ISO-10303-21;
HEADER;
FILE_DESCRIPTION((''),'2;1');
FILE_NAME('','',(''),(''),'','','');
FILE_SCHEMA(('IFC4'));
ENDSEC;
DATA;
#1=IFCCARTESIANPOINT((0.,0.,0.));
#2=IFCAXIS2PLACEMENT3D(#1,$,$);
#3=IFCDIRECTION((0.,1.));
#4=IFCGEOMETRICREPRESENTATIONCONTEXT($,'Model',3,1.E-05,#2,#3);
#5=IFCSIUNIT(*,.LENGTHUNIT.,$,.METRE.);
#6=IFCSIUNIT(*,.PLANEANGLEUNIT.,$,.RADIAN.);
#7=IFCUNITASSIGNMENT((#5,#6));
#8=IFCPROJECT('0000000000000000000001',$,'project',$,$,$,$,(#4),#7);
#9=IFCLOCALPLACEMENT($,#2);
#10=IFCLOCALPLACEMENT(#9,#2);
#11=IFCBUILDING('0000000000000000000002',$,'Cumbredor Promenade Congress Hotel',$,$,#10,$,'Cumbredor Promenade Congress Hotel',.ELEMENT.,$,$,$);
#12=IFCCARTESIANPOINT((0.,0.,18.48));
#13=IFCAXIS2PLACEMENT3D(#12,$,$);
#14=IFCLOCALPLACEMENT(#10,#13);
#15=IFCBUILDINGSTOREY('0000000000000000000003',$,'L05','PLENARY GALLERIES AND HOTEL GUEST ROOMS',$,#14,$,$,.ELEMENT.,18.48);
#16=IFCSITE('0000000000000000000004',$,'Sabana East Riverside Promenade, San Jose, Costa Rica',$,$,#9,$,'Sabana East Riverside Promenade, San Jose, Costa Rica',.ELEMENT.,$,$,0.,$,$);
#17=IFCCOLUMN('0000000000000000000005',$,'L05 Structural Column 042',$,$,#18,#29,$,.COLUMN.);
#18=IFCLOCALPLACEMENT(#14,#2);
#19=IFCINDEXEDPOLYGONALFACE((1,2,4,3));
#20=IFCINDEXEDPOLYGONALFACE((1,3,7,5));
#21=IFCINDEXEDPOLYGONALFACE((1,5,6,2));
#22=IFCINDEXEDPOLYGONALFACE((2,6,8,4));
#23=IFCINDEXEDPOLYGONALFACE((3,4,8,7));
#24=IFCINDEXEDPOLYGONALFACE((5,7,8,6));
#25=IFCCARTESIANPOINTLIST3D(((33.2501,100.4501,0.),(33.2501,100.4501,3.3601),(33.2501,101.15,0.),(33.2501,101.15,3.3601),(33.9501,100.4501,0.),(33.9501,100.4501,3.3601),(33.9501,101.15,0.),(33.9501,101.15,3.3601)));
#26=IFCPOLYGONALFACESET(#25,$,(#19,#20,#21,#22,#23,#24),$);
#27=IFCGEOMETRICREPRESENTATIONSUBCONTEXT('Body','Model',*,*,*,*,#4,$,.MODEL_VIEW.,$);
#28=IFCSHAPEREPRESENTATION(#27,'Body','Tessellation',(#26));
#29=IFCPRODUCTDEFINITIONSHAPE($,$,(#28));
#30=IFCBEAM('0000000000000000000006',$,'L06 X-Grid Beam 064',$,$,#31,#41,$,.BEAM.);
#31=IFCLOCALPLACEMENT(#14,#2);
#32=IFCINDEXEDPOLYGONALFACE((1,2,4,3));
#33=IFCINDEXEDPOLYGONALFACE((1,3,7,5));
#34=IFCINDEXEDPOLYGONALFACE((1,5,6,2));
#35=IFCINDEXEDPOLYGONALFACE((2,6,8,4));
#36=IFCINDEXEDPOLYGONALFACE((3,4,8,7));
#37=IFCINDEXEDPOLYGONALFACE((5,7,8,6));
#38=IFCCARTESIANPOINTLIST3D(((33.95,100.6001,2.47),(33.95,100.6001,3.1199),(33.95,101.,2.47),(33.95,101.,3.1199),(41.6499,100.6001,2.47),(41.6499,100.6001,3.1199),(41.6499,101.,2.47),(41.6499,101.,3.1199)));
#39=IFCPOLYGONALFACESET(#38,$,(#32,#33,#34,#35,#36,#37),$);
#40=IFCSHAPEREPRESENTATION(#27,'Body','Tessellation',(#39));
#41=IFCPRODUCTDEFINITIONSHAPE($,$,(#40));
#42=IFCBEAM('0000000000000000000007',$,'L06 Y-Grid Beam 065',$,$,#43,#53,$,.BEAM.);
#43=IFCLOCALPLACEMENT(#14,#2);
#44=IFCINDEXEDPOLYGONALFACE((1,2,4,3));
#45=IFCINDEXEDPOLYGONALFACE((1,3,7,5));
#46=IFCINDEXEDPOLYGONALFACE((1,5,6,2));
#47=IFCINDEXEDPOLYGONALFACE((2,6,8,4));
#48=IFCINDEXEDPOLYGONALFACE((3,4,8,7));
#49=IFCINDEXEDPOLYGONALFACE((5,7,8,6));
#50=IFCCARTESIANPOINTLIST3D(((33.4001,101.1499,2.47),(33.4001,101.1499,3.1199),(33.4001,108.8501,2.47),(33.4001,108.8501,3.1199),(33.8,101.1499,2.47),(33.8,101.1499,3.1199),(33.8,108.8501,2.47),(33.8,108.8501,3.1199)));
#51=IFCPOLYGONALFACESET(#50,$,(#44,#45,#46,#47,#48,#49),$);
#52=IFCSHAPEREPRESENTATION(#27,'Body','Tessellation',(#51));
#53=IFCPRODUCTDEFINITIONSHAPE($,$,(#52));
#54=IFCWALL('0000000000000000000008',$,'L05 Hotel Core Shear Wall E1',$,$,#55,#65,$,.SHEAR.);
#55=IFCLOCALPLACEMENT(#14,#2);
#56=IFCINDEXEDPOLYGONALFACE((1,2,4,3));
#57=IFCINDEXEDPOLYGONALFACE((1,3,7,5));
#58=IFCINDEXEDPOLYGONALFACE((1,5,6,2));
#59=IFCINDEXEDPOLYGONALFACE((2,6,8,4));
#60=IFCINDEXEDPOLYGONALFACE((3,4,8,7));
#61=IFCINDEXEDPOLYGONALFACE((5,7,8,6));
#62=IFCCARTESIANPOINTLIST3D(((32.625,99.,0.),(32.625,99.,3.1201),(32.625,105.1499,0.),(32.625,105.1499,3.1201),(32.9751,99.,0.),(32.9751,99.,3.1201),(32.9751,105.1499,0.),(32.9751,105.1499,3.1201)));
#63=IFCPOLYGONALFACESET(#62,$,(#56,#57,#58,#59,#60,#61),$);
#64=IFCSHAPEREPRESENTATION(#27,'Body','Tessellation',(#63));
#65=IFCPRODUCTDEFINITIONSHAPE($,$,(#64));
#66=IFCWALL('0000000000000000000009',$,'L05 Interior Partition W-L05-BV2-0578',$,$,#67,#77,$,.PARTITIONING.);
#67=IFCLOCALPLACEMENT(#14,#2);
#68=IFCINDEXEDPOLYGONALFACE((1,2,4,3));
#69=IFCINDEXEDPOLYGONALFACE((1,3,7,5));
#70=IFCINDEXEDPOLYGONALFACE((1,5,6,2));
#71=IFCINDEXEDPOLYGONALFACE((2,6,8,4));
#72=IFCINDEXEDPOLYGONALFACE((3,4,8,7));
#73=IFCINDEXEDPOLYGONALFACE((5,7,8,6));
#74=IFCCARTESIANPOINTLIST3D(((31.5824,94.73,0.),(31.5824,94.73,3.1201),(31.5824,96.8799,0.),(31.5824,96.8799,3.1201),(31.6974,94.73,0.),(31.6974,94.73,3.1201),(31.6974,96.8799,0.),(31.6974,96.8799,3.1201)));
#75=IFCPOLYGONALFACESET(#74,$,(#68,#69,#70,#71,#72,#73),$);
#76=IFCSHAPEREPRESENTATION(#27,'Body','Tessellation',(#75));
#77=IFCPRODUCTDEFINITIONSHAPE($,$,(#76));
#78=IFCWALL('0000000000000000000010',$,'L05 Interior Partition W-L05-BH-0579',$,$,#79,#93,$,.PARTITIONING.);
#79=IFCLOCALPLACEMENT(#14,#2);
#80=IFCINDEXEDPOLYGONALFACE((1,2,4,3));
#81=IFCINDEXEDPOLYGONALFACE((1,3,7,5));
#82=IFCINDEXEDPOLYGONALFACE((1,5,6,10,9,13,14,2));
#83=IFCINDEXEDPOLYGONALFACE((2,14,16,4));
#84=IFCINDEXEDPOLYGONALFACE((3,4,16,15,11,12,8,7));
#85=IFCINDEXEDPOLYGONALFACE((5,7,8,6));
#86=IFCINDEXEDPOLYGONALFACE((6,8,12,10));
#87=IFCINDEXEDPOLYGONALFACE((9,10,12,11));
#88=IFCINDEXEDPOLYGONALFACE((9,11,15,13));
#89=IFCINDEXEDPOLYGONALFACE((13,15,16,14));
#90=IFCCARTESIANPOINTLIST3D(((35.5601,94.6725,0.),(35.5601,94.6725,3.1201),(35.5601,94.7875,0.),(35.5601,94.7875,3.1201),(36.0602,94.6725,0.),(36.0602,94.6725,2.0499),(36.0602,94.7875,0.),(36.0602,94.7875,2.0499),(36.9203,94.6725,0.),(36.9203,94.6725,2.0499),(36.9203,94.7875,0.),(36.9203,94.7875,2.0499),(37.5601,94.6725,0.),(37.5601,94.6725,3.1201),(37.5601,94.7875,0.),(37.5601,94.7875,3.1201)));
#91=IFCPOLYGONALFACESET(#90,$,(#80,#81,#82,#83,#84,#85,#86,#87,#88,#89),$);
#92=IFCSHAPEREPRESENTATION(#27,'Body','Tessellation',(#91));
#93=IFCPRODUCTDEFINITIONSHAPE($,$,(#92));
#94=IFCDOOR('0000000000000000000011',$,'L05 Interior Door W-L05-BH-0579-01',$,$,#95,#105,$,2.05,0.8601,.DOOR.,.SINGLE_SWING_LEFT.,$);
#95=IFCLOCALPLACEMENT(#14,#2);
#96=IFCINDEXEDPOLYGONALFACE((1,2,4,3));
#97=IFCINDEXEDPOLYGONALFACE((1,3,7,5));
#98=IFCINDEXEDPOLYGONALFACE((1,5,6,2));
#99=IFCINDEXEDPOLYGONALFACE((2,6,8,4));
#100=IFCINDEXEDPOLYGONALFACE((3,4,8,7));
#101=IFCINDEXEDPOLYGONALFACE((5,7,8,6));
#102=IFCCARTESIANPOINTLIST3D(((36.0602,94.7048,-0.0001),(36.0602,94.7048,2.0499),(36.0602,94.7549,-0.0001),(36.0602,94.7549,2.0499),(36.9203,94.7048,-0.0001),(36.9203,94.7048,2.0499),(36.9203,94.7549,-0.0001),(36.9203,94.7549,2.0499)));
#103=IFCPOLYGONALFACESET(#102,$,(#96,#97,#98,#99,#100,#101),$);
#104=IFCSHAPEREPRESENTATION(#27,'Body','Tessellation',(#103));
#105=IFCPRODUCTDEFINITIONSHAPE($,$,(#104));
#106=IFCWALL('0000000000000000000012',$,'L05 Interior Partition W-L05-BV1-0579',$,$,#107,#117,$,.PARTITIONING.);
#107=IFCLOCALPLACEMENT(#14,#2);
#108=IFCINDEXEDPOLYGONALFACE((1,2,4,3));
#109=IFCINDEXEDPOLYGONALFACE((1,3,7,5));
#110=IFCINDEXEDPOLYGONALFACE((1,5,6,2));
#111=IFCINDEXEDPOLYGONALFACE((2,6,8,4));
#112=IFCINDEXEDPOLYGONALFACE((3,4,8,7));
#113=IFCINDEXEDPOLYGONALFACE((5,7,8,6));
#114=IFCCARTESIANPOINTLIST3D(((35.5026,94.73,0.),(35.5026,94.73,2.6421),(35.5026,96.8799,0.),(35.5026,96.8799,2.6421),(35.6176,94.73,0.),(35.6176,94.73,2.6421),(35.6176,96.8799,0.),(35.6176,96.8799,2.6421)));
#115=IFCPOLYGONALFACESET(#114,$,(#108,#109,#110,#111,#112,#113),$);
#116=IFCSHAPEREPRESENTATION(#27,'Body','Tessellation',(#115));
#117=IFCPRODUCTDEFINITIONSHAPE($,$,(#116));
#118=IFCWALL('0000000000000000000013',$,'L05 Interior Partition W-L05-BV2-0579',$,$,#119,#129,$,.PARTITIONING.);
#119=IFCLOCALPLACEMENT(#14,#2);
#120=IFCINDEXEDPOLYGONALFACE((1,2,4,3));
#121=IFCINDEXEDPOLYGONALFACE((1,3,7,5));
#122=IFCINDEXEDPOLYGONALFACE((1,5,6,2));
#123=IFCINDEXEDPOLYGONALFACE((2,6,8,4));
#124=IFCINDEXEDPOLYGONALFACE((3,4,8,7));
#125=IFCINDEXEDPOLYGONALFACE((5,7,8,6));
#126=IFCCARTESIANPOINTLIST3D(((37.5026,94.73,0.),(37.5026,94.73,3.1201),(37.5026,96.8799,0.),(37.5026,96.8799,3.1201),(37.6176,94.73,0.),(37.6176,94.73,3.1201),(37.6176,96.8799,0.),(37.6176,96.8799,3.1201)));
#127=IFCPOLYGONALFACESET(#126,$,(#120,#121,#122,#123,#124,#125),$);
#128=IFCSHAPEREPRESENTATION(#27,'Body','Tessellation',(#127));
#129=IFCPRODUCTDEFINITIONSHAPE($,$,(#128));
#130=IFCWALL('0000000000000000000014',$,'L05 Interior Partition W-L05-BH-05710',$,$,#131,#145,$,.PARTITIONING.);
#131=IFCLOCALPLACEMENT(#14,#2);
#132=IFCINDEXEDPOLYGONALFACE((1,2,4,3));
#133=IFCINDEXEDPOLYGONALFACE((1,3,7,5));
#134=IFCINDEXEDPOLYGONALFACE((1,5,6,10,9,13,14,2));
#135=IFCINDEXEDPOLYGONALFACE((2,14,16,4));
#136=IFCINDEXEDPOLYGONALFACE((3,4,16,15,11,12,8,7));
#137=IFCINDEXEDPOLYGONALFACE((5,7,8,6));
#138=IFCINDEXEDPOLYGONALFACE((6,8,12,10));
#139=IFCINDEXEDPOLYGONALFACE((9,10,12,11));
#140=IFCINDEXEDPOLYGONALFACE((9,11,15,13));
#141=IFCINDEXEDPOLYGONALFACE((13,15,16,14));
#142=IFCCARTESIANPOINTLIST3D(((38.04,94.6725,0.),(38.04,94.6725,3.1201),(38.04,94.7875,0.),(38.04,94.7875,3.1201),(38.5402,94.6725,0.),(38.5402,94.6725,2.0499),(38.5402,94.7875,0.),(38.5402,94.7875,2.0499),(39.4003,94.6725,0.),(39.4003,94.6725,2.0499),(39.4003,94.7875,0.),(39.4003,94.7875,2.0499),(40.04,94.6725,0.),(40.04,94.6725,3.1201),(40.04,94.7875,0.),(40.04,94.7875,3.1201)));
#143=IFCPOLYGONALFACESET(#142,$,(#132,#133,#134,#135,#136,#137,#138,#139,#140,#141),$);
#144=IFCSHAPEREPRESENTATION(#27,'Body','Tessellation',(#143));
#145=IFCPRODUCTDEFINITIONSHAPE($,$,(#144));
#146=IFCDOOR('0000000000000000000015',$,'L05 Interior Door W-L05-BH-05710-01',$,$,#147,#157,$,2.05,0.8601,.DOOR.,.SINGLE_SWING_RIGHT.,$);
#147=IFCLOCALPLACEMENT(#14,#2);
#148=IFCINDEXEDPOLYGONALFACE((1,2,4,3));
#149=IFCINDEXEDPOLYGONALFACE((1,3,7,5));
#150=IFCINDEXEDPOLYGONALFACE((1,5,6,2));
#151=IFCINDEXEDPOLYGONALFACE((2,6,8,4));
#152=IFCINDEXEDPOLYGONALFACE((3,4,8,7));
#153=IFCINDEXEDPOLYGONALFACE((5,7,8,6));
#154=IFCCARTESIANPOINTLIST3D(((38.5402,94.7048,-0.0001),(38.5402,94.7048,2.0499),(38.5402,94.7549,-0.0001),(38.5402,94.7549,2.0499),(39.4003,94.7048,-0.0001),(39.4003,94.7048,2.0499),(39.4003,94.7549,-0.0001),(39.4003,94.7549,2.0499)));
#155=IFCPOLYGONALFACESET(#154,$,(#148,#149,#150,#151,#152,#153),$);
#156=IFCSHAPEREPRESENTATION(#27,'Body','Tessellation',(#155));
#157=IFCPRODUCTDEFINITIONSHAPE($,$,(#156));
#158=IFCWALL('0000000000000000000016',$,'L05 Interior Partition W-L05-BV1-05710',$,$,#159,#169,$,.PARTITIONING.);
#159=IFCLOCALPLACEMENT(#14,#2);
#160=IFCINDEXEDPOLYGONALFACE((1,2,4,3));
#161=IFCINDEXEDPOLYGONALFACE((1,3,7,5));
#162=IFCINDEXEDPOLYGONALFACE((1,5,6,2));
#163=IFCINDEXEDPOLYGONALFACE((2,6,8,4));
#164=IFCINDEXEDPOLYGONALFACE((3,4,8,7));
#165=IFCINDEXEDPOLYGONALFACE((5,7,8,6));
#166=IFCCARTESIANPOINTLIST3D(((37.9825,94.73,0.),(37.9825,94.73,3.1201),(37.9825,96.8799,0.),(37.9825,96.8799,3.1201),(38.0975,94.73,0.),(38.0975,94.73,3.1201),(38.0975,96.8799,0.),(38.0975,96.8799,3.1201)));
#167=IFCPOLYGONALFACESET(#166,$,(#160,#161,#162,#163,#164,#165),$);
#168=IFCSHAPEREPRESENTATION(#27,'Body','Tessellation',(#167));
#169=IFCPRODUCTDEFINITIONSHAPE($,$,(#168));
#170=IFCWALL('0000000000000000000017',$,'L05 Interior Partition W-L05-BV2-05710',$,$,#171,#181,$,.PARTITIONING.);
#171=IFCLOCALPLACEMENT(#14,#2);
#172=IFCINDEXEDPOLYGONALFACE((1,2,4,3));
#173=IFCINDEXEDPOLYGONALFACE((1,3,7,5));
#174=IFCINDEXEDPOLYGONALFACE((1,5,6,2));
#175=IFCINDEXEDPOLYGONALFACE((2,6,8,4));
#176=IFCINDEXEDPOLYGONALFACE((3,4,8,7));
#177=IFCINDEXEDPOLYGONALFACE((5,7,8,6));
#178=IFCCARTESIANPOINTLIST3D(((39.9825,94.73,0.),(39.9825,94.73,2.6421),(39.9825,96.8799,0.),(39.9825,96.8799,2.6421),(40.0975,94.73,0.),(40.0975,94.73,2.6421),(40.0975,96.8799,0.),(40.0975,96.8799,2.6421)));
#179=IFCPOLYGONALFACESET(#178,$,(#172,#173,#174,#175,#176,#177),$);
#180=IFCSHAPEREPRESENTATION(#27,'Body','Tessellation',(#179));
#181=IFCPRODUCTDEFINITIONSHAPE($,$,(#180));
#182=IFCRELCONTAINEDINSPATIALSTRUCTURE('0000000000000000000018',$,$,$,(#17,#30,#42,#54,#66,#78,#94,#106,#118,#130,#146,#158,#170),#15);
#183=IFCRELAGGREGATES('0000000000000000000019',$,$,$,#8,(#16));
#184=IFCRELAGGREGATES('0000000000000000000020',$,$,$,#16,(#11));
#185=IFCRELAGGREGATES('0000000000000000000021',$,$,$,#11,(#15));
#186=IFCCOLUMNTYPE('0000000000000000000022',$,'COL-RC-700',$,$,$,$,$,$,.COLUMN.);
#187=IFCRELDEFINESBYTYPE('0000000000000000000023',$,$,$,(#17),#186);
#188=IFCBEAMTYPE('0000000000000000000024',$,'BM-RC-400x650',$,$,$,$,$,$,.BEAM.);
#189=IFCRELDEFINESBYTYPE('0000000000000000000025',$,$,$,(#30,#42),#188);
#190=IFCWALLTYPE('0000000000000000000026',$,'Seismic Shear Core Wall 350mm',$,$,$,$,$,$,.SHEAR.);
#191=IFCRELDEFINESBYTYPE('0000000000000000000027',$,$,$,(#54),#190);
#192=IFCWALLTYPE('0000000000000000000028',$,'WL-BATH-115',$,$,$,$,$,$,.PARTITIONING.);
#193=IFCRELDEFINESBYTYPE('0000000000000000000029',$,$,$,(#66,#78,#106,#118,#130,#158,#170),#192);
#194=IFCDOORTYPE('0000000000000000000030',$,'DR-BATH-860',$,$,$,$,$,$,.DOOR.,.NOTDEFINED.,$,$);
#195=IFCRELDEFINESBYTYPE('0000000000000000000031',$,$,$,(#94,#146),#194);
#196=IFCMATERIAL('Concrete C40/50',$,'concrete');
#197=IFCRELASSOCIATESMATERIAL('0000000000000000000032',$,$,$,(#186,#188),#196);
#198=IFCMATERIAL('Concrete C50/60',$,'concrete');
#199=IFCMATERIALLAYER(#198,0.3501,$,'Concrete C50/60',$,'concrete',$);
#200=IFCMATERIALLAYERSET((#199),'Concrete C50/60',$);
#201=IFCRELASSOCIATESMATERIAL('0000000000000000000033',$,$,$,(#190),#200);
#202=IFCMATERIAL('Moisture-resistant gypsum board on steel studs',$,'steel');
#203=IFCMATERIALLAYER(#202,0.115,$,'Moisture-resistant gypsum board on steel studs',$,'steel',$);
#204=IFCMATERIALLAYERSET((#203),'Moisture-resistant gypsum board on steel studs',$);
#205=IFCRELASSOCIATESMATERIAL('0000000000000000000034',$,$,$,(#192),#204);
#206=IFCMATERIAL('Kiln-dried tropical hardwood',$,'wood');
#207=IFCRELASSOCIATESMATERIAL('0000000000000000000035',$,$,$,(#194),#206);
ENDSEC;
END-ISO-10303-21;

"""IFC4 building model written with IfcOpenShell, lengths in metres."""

from ifc_helpers import new_model, si_unit, direction, frame, frame_2d, origin, origin_2d, place, context, subcontext, project, spatial, rectangle, extrude, material, layer, layer_set, material_profile, profile_set, type_object, element, fill, save


model = new_model("IFC4")

# Units and contexts
model_context = context("Model", 3, precision=1e-05, world=origin(), true_north=direction((0.0, 1.0)))
body_context = subcontext(model_context, "Body", "Model", "MODEL_VIEW")
ifc_project = project(units=[si_unit("LENGTHUNIT", "METRE"), si_unit("PLANEANGLEUNIT", "RADIAN")], contexts=[model_context])

# Site, building, storey
site_placement = place(None, origin())
site = spatial("IfcSite", under=ifc_project, at=site_placement, Name="Sabana East Riverside Promenade, San Jose, Costa Rica", LongName="Sabana East Riverside Promenade, San Jose, Costa Rica", CompositionType="ELEMENT", RefElevation=0.0)
building_placement = place(site_placement, origin())
building = spatial("IfcBuilding", under=site, at=building_placement, Name="Cumbredor Promenade Congress Hotel", LongName="Cumbredor Promenade Congress Hotel", CompositionType="ELEMENT")
storey_placement = place(building_placement, frame((0.0, 0.0, 18.48)))
storey = spatial("IfcBuildingStorey", under=building, at=storey_placement, Name="L05", Description="PLENARY GALLERIES AND HOTEL GUEST ROOMS", CompositionType="ELEMENT", Elevation=18.48)

# Column
ifc_material_1 = material(Name="Concrete C40/50", Category="concrete")
ifc_material_profile_1 = material_profile(ifc_material_1, rectangle(XDim=0.7, YDim=0.7, at=origin_2d()), Name="RC 700x700")
ifc_profile_set_1 = profile_set([ifc_material_profile_1], Name="Concrete C40/50")
column_type = type_object("IfcColumnType", Name="COL-RC-700", PredefinedType="COLUMN", material=ifc_profile_set_1)
column_placement = place(storey_placement, frame((33.6001, 100.8, 0.0), z_axis=(0.0, 0.0, 1.0), x_axis=(1.0, 0.0, 0.0)))
element("IfcColumn", 1, at=column_placement, inside=storey, type_object=column_type, Name="L05 Structural Column 042", PredefinedType="COLUMN", context=body_context, shape_type="SweptSolid", body=[
    extrude(rectangle(XDim=0.7, YDim=0.7, at=origin_2d()), origin(), (0.0, 0.0, 1.0), 3.3601),
])

# Beams
ifc_material_profile_2 = material_profile(ifc_material_1, rectangle(XDim=0.3999, YDim=0.6499, at=origin_2d()), Name="RC BEAM 400x650")
ifc_profile_set_2 = profile_set([ifc_material_profile_2], Name="Concrete C40/50")
beam_type = type_object("IfcBeamType", Name="BM-RC-400x650", PredefinedType="BEAM", material=ifc_profile_set_2)
beam_1_placement = place(storey_placement, frame((33.95, 100.8, 2.7949), z_axis=(1.0, 0.0, 0.0), x_axis=(0.0, 1.0, 0.0)))
element("IfcBeam", 2, at=beam_1_placement, inside=storey, type_object=beam_type, Name="L06 X-Grid Beam 064", PredefinedType="BEAM", context=body_context, shape_type="SweptSolid", body=[
    extrude(rectangle(XDim=0.3999, YDim=0.6499, at=origin_2d()), origin(), (0.0, 0.0, 1.0), 7.7),
])
beam_2_placement = place(storey_placement, frame((33.6001, 101.1499, 2.7949), z_axis=(0.0, 1.0, 0.0), x_axis=(-1.0, 0.0, 0.0)))
element("IfcBeam", 3, at=beam_2_placement, inside=storey, type_object=beam_type, Name="L06 Y-Grid Beam 065", PredefinedType="BEAM", context=body_context, shape_type="SweptSolid", body=[
    extrude(rectangle(XDim=0.3999, YDim=0.6499, at=origin_2d()), origin(), (0.0, 0.0, 1.0), 7.7002),
])

# Walls
ifc_material_2 = material(Name="Concrete C50/60", Category="concrete")
ifc_layer_1 = layer(ifc_material_2, 0.3501, Name="Concrete C50/60", Category="concrete")
ifc_layer_set_1 = layer_set([ifc_layer_1], Name="Concrete C50/60")
wall_type_1 = type_object("IfcWallType", Name="Seismic Shear Core Wall 350mm", PredefinedType="SHEAR", material=ifc_layer_set_1)
wall_1_placement = place(storey_placement, frame((32.8, 99.0, 0.0), z_axis=(0.0, 0.0, 1.0), x_axis=(0.0, 1.0, 0.0)))
element("IfcWall", 4, at=wall_1_placement, inside=storey, type_object=wall_type_1, Name="L05 Hotel Core Shear Wall E1", PredefinedType="SHEAR", context=body_context, shape_type="SweptSolid", body=[
    extrude(rectangle(XDim=6.1499, YDim=0.3501, at=frame_2d((3.075, 0.0))), origin(), (0.0, 0.0, 1.0), 3.1201),
])
ifc_material_3 = material(Name="Moisture-resistant gypsum board on steel studs", Category="steel")
ifc_layer_2 = layer(ifc_material_3, 0.115, Name="Moisture-resistant gypsum board on steel studs", Category="steel")
ifc_layer_set_2 = layer_set([ifc_layer_2], Name="Moisture-resistant gypsum board on steel studs")
wall_type_2 = type_object("IfcWallType", Name="WL-BATH-115", PredefinedType="PARTITIONING", material=ifc_layer_set_2)
wall_2_placement = place(storey_placement, frame((31.6399, 94.73, 0.0), z_axis=(0.0, 0.0, 1.0), x_axis=(0.0, 1.0, 0.0)))
element("IfcWall", 5, at=wall_2_placement, inside=storey, type_object=wall_type_2, Name="L05 Interior Partition W-L05-BV2-0578", PredefinedType="PARTITIONING", context=body_context, shape_type="SweptSolid", body=[
    extrude(rectangle(XDim=2.1499, YDim=0.115, at=frame_2d((1.075, 0.0))), origin(), (0.0, 0.0, 1.0), 3.1201),
])

# Wall, opening, door
wall_3_placement = place(storey_placement, frame((35.5601, 94.73, 0.0), z_axis=(0.0, 0.0, 1.0), x_axis=(1.0, 0.0, 0.0)))
wall_3 = element("IfcWall", 6, at=wall_3_placement, inside=storey, type_object=wall_type_2, Name="L05 Interior Partition W-L05-BH-0579", PredefinedType="PARTITIONING", context=body_context, shape_type="SweptSolid", body=[
    extrude(rectangle(XDim=2.0, YDim=0.115, at=frame_2d((1.0, 0.0))), origin(), (0.0, 0.0, 1.0), 3.1201),
])
opening_1_placement = place(wall_3_placement, frame((0.5, 0.0, 0.0)))
opening_1 = element("IfcOpeningElement", 7, at=opening_1_placement, cuts=wall_3, PredefinedType="OPENING", context=body_context, shape_type="SweptSolid", body=[
    extrude(rectangle(XDim=0.8601, YDim=2.05, at=frame_2d((0.4302, 1.0249))), frame((0.0, 0.0674, 0.0), z_axis=(0.0, -1.0, 0.0), x_axis=(1.0, 0.0, 0.0)), (0.0, 0.0, 1.0), 0.135),
])
ifc_material_4 = material(Name="Kiln-dried tropical hardwood", Category="wood")
door_type_1 = type_object("IfcDoorType", Name="DR-BATH-860", OperationType="NOTDEFINED", PredefinedType="DOOR", material=ifc_material_4)
door_1_placement = place(opening_1_placement, origin())
door_1 = element("IfcDoor", 8, at=door_1_placement, inside=storey, type_object=door_type_1, Name="L05 Interior Door W-L05-BH-0579-01", OperationType="SINGLE_SWING_LEFT", OverallHeight=2.05, OverallWidth=0.8601, PredefinedType="DOOR", context=body_context, shape_type="SweptSolid", body=[
    extrude(rectangle(XDim=0.8601, YDim=2.05, at=frame_2d((0.4302, 1.0249))), frame((0.0, 0.0249, 0.0), z_axis=(0.0, -1.0, 0.0), x_axis=(1.0, 0.0, 0.0)), (0.0, 0.0, 1.0), 0.05),
])
fill(opening_1, door_1)

# Walls
wall_4_placement = place(storey_placement, frame((35.5601, 94.73, 0.0), z_axis=(0.0, 0.0, 1.0), x_axis=(0.0, 1.0, 0.0)))
element("IfcWall", 9, at=wall_4_placement, inside=storey, type_object=wall_type_2, Name="L05 Interior Partition W-L05-BV1-0579", PredefinedType="PARTITIONING", context=body_context, shape_type="SweptSolid", body=[
    extrude(rectangle(XDim=2.1499, YDim=0.115, at=frame_2d((1.075, 0.0))), origin(), (0.0, 0.0, 1.0), 2.6421),
])
wall_5_placement = place(storey_placement, frame((37.5601, 94.73, 0.0), z_axis=(0.0, 0.0, 1.0), x_axis=(0.0, 1.0, 0.0)))
element("IfcWall", 10, at=wall_5_placement, inside=storey, type_object=wall_type_2, Name="L05 Interior Partition W-L05-BV2-0579", PredefinedType="PARTITIONING", context=body_context, shape_type="SweptSolid", body=[
    extrude(rectangle(XDim=2.1499, YDim=0.115, at=frame_2d((1.075, 0.0))), origin(), (0.0, 0.0, 1.0), 3.1201),
])

# Wall, opening, door
wall_6_placement = place(storey_placement, frame((38.04, 94.73, 0.0), z_axis=(0.0, 0.0, 1.0), x_axis=(1.0, 0.0, 0.0)))
wall_6 = element("IfcWall", 11, at=wall_6_placement, inside=storey, type_object=wall_type_2, Name="L05 Interior Partition W-L05-BH-05710", PredefinedType="PARTITIONING", context=body_context, shape_type="SweptSolid", body=[
    extrude(rectangle(XDim=2.0, YDim=0.115, at=frame_2d((1.0, 0.0))), origin(), (0.0, 0.0, 1.0), 3.1201),
])
opening_2_placement = place(wall_6_placement, frame((0.5, 0.0, 0.0)))
opening_2 = element("IfcOpeningElement", 12, at=opening_2_placement, cuts=wall_6, PredefinedType="OPENING", context=body_context, shape_type="SweptSolid", body=[
    extrude(rectangle(XDim=0.8601, YDim=2.05, at=frame_2d((0.4302, 1.0249))), frame((0.0, 0.0674, 0.0), z_axis=(0.0, -1.0, 0.0), x_axis=(1.0, 0.0, 0.0)), (0.0, 0.0, 1.0), 0.135),
])
door_2_placement = place(opening_2_placement, origin())
door_2 = element("IfcDoor", 13, at=door_2_placement, inside=storey, type_object=door_type_1, Name="L05 Interior Door W-L05-BH-05710-01", OperationType="SINGLE_SWING_RIGHT", OverallHeight=2.05, OverallWidth=0.8601, PredefinedType="DOOR", context=body_context, shape_type="SweptSolid", body=[
    extrude(rectangle(XDim=0.8601, YDim=2.05, at=frame_2d((0.4302, 1.0249))), frame((0.0, 0.0249, 0.0), z_axis=(0.0, -1.0, 0.0), x_axis=(1.0, 0.0, 0.0)), (0.0, 0.0, 1.0), 0.05),
])
fill(opening_2, door_2)

# Walls
wall_7_placement = place(storey_placement, frame((38.04, 94.73, 0.0), z_axis=(0.0, 0.0, 1.0), x_axis=(0.0, 1.0, 0.0)))
element("IfcWall", 14, at=wall_7_placement, inside=storey, type_object=wall_type_2, Name="L05 Interior Partition W-L05-BV1-05710", PredefinedType="PARTITIONING", context=body_context, shape_type="SweptSolid", body=[
    extrude(rectangle(XDim=2.1499, YDim=0.115, at=frame_2d((1.075, 0.0))), origin(), (0.0, 0.0, 1.0), 3.1201),
])
wall_8_placement = place(storey_placement, frame((40.04, 94.73, 0.0), z_axis=(0.0, 0.0, 1.0), x_axis=(0.0, 1.0, 0.0)))
element("IfcWall", 15, at=wall_8_placement, inside=storey, type_object=wall_type_2, Name="L05 Interior Partition W-L05-BV2-05710", PredefinedType="PARTITIONING", context=body_context, shape_type="SweptSolid", body=[
    extrude(rectangle(XDim=2.1499, YDim=0.115, at=frame_2d((1.075, 0.0))), origin(), (0.0, 0.0, 1.0), 2.6421),
])

save(model, "model.ifc")
